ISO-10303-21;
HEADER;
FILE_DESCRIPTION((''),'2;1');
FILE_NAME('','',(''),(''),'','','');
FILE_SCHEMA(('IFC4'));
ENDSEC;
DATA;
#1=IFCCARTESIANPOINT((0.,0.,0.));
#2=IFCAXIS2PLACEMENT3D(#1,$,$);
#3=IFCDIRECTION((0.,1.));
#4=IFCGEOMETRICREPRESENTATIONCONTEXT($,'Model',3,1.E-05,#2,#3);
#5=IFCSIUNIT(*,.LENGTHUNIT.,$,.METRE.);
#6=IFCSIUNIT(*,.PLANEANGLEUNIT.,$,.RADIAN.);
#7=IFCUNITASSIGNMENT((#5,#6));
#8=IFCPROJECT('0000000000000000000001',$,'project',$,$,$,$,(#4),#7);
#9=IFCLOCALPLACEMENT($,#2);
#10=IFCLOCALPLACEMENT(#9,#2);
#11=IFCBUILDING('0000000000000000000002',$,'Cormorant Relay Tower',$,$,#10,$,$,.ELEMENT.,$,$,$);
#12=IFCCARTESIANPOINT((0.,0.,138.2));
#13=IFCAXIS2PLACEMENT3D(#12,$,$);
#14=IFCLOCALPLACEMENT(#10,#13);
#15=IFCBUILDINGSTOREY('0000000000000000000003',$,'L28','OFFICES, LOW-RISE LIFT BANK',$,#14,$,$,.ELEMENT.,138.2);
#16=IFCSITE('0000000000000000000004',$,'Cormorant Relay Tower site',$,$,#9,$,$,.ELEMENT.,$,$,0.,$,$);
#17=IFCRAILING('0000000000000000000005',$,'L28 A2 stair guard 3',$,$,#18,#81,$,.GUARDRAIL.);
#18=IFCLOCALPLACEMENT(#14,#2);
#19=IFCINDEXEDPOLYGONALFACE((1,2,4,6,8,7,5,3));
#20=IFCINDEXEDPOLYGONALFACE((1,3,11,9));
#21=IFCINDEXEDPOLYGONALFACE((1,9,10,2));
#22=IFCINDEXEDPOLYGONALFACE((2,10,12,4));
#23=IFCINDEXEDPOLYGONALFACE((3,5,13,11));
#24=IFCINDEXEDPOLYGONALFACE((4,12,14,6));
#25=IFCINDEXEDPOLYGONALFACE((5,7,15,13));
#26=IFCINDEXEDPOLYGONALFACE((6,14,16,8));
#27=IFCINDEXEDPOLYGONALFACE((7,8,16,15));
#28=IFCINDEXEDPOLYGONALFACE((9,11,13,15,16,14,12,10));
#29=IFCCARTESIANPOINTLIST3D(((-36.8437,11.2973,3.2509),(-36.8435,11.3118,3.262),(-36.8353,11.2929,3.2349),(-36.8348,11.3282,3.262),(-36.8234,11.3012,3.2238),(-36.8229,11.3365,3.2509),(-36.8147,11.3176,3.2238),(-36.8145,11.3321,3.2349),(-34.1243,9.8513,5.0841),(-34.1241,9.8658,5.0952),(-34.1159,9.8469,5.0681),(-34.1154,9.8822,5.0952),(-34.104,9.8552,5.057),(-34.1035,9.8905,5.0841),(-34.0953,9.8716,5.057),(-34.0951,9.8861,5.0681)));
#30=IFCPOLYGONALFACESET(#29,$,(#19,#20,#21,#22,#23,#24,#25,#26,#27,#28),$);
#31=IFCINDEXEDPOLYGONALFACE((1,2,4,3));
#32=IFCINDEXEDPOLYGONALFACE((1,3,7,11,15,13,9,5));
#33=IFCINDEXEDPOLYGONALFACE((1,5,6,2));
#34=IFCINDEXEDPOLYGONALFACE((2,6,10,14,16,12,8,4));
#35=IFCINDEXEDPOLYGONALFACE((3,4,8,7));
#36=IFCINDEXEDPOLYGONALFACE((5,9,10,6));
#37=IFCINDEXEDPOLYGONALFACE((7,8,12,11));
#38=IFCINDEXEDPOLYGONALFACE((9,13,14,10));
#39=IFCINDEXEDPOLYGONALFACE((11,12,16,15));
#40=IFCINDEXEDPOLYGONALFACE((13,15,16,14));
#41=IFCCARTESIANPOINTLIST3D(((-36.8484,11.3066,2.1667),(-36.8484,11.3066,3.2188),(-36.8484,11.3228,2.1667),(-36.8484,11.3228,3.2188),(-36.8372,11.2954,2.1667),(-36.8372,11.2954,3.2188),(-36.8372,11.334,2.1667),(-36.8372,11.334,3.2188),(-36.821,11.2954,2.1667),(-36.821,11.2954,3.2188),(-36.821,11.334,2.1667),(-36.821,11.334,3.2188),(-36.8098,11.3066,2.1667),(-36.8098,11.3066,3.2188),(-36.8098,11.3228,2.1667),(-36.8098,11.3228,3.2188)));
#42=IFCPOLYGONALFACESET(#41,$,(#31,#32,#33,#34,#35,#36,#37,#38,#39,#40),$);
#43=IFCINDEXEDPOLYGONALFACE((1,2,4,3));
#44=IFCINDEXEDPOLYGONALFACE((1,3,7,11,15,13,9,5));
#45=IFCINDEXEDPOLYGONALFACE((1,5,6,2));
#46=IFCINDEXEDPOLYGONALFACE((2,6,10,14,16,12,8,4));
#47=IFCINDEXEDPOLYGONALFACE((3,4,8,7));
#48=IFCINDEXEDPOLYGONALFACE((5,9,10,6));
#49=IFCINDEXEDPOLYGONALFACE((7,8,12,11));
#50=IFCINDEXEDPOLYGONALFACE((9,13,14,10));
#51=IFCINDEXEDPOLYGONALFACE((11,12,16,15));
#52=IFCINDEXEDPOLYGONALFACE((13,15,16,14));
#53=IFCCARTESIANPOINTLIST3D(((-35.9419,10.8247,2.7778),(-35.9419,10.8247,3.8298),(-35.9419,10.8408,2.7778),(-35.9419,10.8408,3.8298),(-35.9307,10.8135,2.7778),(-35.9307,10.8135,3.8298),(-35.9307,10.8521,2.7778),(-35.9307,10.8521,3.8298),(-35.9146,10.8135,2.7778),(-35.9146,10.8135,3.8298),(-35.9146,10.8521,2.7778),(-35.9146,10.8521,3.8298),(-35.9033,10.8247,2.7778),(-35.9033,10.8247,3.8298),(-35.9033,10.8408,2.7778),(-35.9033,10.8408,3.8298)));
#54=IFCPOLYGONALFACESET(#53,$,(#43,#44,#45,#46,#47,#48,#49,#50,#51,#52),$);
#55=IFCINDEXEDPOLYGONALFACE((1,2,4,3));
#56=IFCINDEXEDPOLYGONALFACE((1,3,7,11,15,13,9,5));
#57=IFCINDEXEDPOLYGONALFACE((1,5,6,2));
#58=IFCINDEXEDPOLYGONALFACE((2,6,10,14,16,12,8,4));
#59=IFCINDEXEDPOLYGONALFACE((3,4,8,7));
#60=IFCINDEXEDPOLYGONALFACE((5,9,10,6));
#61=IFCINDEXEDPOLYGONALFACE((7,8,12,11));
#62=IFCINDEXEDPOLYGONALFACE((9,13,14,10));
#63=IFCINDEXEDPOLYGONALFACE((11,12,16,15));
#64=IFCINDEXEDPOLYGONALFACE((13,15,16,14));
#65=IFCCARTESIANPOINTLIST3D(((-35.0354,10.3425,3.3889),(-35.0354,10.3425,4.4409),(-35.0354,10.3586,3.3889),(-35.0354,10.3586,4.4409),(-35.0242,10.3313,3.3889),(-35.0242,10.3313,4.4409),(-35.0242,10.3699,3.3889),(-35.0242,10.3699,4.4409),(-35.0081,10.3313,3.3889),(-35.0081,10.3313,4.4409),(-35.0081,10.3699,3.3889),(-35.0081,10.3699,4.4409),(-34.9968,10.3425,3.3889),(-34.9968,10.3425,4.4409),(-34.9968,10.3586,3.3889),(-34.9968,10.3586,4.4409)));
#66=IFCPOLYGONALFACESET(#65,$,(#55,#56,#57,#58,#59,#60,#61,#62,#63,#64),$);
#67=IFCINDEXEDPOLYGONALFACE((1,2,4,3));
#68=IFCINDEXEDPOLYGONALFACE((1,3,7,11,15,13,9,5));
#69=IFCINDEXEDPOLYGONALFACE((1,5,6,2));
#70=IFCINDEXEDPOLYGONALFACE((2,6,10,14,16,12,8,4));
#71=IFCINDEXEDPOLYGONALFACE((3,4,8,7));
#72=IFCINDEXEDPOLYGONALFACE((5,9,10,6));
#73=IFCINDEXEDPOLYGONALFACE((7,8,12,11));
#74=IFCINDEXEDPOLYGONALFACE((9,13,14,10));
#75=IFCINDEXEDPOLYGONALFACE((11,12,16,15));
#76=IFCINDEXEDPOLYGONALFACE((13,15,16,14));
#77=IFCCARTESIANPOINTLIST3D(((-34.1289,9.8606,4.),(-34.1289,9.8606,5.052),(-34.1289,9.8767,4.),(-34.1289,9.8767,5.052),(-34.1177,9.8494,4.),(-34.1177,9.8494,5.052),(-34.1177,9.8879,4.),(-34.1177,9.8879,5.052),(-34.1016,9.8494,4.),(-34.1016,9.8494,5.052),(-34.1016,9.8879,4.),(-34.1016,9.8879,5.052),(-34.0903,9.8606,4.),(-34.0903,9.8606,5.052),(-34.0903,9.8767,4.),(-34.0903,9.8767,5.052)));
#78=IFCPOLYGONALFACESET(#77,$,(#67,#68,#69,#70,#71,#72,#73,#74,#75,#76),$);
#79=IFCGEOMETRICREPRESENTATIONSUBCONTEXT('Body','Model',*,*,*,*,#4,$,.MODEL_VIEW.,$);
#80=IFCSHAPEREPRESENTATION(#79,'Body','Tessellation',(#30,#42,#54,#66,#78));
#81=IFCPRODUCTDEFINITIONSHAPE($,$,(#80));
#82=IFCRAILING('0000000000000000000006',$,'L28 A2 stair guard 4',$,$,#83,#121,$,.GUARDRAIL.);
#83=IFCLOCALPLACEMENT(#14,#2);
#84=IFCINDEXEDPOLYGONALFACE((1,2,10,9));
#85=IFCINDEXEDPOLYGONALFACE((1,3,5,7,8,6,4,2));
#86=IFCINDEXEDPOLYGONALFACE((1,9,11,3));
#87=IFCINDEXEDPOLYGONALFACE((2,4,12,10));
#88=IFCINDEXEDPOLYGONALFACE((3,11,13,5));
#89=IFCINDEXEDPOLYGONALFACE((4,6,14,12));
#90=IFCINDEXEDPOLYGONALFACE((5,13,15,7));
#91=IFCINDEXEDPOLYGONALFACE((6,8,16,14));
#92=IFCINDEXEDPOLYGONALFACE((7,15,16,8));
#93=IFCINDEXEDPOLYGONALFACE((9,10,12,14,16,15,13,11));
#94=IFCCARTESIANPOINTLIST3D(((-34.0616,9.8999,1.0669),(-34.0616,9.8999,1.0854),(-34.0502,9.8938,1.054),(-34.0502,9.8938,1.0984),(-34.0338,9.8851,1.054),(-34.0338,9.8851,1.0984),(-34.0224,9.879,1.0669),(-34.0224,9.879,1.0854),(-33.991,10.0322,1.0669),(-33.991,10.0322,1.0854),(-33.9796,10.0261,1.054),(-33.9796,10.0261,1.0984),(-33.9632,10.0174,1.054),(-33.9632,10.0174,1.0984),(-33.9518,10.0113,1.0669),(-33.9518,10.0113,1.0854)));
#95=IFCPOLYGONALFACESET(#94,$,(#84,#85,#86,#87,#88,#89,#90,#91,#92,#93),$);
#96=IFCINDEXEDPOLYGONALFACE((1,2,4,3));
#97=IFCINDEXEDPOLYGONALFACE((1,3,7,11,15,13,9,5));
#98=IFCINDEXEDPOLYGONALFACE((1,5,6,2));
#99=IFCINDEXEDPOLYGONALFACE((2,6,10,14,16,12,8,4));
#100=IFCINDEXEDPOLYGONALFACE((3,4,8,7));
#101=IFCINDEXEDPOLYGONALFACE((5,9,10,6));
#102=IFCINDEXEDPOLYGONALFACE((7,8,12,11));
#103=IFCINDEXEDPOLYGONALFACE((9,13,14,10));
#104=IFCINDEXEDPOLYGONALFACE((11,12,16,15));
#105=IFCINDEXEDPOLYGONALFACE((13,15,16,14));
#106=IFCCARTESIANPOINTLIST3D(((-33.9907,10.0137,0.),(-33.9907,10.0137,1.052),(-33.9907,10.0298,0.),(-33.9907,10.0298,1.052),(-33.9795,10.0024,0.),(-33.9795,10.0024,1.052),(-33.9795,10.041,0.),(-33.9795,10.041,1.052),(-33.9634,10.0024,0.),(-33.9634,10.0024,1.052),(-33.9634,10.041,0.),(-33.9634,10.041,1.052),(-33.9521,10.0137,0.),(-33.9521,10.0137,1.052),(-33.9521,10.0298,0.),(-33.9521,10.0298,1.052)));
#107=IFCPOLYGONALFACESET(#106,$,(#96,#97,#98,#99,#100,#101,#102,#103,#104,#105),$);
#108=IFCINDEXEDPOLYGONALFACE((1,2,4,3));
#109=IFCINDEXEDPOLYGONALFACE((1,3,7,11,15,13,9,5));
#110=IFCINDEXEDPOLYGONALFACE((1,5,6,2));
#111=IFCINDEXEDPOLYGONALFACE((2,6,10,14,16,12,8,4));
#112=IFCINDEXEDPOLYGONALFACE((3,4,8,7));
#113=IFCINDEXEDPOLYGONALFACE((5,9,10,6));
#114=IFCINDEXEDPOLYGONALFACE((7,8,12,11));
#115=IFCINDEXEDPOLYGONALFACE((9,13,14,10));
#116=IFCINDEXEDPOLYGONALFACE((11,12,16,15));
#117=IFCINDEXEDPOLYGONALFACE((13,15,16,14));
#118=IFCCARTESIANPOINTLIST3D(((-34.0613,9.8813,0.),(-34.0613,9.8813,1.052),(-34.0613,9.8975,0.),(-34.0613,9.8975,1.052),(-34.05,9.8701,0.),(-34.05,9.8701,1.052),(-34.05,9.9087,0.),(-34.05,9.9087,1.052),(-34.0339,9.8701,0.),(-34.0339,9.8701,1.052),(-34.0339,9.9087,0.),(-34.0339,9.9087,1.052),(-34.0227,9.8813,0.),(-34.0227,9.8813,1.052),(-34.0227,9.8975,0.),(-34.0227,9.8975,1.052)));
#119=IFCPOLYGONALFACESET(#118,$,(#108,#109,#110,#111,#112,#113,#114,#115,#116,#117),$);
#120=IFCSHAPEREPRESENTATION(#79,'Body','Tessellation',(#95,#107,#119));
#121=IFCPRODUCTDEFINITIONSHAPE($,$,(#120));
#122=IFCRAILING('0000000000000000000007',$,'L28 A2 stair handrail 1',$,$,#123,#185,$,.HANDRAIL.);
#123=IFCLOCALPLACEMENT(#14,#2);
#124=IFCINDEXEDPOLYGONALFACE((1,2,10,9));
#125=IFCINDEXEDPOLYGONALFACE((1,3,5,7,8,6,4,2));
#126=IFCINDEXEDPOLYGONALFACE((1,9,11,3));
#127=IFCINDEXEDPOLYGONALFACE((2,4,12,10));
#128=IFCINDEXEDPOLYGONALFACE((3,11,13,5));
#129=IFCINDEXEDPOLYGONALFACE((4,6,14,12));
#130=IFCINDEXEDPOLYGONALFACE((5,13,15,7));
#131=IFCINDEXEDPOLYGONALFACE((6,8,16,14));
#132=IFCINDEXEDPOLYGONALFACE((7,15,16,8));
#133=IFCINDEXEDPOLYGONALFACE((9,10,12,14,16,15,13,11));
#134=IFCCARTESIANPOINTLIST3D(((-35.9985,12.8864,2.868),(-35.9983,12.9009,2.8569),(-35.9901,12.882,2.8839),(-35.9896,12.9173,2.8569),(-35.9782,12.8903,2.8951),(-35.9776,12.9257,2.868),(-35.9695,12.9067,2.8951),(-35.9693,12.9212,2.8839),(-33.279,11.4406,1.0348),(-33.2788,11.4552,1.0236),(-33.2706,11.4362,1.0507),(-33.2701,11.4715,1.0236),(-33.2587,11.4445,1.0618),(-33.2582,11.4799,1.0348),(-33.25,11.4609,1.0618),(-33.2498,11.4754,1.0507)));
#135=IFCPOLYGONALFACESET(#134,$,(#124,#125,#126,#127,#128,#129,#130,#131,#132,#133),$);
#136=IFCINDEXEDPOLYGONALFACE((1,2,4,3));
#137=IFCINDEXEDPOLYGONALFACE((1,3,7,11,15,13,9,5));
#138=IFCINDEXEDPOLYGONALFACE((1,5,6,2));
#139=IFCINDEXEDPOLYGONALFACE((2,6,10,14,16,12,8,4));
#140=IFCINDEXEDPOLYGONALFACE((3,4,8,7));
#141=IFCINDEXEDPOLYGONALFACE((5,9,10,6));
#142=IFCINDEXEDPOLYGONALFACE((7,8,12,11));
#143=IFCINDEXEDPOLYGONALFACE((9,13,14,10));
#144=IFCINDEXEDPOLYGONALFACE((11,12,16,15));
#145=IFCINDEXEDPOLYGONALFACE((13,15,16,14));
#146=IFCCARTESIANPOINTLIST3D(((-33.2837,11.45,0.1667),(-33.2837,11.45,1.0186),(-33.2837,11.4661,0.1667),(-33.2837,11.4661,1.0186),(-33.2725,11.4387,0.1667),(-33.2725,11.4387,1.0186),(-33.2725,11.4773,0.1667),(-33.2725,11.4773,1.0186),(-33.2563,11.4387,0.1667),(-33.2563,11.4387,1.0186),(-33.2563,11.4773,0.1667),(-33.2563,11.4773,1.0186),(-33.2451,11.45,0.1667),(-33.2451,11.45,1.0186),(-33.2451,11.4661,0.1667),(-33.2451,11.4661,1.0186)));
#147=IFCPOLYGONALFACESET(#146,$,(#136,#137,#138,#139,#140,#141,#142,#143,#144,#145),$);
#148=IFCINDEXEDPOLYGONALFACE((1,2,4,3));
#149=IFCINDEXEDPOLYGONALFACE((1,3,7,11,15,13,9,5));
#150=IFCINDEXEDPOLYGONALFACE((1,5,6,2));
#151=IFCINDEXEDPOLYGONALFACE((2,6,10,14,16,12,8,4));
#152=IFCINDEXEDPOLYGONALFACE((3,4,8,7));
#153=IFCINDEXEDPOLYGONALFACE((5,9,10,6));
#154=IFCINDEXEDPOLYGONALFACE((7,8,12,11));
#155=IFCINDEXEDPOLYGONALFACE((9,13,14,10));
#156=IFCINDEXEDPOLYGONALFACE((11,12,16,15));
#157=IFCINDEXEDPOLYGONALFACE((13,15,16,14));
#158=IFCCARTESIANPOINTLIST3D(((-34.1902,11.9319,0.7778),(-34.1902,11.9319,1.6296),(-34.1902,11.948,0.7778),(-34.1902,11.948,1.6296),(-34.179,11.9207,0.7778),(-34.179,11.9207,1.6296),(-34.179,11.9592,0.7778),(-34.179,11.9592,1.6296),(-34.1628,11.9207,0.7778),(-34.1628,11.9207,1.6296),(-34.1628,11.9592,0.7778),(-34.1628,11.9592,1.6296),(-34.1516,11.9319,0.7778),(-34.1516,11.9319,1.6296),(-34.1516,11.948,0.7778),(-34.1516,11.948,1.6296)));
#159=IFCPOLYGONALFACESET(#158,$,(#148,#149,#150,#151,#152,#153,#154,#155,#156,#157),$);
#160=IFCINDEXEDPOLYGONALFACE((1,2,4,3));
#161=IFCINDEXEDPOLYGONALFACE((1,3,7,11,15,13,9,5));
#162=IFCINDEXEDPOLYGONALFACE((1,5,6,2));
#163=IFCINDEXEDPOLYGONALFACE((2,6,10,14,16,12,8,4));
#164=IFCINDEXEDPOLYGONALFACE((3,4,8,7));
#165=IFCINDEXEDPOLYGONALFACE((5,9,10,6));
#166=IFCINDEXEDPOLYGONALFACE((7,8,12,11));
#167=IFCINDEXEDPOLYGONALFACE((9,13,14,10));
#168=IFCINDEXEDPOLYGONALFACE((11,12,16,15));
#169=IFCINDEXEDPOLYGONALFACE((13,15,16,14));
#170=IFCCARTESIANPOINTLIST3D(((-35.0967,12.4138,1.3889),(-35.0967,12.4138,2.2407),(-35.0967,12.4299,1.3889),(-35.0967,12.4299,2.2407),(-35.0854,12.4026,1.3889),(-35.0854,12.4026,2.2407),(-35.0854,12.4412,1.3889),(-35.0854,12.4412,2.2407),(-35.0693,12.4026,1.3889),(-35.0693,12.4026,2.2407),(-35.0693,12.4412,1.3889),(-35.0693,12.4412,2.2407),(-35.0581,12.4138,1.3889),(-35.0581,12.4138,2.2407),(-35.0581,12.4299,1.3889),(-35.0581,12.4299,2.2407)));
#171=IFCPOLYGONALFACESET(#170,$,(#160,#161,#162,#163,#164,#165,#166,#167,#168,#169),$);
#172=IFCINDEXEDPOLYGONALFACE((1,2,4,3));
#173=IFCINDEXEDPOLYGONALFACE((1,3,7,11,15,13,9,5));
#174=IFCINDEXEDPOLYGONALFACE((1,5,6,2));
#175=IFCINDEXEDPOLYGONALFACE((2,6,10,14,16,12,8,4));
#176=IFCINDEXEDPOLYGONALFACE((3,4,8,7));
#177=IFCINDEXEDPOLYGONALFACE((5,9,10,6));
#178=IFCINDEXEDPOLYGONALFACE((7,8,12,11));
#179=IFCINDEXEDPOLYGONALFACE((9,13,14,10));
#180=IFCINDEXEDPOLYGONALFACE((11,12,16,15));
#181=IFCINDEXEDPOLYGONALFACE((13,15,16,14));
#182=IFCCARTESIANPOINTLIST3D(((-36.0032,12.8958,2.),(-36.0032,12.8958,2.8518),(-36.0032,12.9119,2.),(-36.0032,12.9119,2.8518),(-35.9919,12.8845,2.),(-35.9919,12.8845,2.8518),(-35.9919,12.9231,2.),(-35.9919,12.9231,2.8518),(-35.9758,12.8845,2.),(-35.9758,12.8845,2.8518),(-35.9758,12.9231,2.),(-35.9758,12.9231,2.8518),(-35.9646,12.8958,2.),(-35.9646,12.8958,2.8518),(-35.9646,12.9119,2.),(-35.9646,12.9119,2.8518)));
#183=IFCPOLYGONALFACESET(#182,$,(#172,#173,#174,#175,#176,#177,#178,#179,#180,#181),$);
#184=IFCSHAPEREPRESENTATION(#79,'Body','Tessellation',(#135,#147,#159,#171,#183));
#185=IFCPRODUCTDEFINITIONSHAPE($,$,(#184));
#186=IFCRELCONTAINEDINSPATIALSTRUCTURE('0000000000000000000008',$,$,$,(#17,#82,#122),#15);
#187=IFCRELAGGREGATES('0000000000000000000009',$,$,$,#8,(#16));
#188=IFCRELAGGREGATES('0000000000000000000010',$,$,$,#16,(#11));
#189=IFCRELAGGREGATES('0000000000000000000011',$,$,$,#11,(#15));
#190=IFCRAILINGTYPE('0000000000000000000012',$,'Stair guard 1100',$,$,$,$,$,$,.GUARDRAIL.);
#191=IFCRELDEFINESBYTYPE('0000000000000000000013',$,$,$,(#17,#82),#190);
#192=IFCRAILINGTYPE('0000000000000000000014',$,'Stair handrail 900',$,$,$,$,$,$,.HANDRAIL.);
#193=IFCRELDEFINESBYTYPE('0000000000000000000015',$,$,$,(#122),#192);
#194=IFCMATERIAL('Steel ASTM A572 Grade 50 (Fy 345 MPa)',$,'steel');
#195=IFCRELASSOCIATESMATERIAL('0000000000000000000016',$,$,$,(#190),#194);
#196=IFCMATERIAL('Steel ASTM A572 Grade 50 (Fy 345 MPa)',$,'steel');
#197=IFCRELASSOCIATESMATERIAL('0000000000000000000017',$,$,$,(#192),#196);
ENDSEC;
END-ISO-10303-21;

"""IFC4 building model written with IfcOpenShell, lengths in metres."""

from ifc_helpers import new_model, si_unit, direction, frame, origin, place, context, subcontext, project, spatial, polyline, outline, extrude, material, type_object, element, save


model = new_model("IFC4")

# Units and contexts
model_context = context("Model", 3, precision=1e-05, world=origin(), true_north=direction((0.0, 1.0)))
body_context = subcontext(model_context, "Body", "Model", "MODEL_VIEW")
ifc_project = project(units=[si_unit("LENGTHUNIT", "METRE"), si_unit("PLANEANGLEUNIT", "RADIAN")], contexts=[model_context])

# Site, building, storey
site_placement = place(None, origin())
site = spatial("IfcSite", under=ifc_project, at=site_placement, Name="Cormorant Relay Tower site", CompositionType="ELEMENT", RefElevation=0.0)
building_placement = place(site_placement, origin())
building = spatial("IfcBuilding", under=site, at=building_placement, Name="Cormorant Relay Tower", CompositionType="ELEMENT")
storey_placement = place(building_placement, frame((0.0, 0.0, 138.2)))
storey = spatial("IfcBuildingStorey", under=building, at=storey_placement, Name="L28", Description="OFFICES, LOW-RISE LIFT BANK", CompositionType="ELEMENT", Elevation=138.2)

# Railings
ifc_material_1 = material(Name="Steel ASTM A572 Grade 50 (Fy 345 MPa)", Category="steel")
railing_type_1 = type_object("IfcRailingType", Name="Stair guard 1100", PredefinedType="GUARDRAIL", material=ifc_material_1)
railing_1_placement = place(storey_placement, frame((-36.8291, 11.3147, 2.1667)))
element("IfcRailing", 1, at=railing_1_placement, inside=storey, type_object=railing_type_1, Name="L28 A2 stair guard 3", PredefinedType="GUARDRAIL", context=body_context, shape_type="SweptSolid", body=[
    extrude(outline(polyline([(0.0222, 0.0093), (0.0093, 0.0222), (-0.0093, 0.0222), (-0.0222, 0.0093), (-0.0222, -0.0093), (-0.0093, -0.0222), (0.0093, -0.0222), (0.0222, -0.0093), (0.0222, 0.0093)])), frame((0.0, 0.0, 1.0762), z_axis=(0.758714, -0.403435, 0.511463), x_axis=(0.469489, 0.882938, 0.0)), (0.0, 0.0, 1.0), 3.5842),
    extrude(outline(polyline([(0.0193, 0.0081), (0.0081, 0.0193), (-0.0081, 0.0193), (-0.0193, 0.0081), (-0.0193, -0.0081), (-0.0081, -0.0193), (0.0081, -0.0193), (0.0193, -0.0081), (0.0193, 0.0081)])), origin(), (0.0, 0.0, 1.0), 1.052),
    extrude(outline(polyline([(0.0193, 0.0081), (0.0081, 0.0193), (-0.0081, 0.0193), (-0.0193, 0.0081), (-0.0193, -0.0081), (-0.0081, -0.0193), (0.0081, -0.0193), (0.0193, -0.0081), (0.0193, 0.0081)])), frame((0.9065, -0.4819, 0.6111)), (0.0, 0.0, 1.0), 1.052),
    extrude(outline(polyline([(0.0193, 0.0081), (0.0081, 0.0193), (-0.0081, 0.0193), (-0.0193, 0.0081), (-0.0193, -0.0081), (-0.0081, -0.0193), (0.0081, -0.0193), (0.0193, -0.0081), (0.0193, 0.0081)])), frame((1.813, -0.9641, 1.2222)), (0.0, 0.0, 1.0), 1.052),
    extrude(outline(polyline([(0.0193, 0.0081), (0.0081, 0.0193), (-0.0081, 0.0193), (-0.0193, 0.0081), (-0.0193, -0.0081), (-0.0081, -0.0193), (0.0081, -0.0193), (0.0193, -0.0081), (0.0193, 0.0081)])), frame((2.7195, -1.446, 1.8333)), (0.0, 0.0, 1.0), 1.052),
])
railing_2_placement = place(storey_placement, frame((-33.9714, 10.0217, 0.0)))
element("IfcRailing", 2, at=railing_2_placement, inside=storey, type_object=railing_type_1, Name="L28 A2 stair guard 4", PredefinedType="GUARDRAIL", context=body_context, shape_type="SweptSolid", body=[
    extrude(outline(polyline([(0.0222, 0.0093), (0.0093, 0.0222), (-0.0093, 0.0222), (-0.0222, 0.0093), (-0.0222, -0.0093), (-0.0093, -0.0222), (0.0093, -0.0222), (0.0222, -0.0093), (0.0222, 0.0093)])), frame((0.0, 0.0, 1.0762), z_axis=(-0.470504, -0.882398, 0.0), x_axis=(0.882398, -0.470504, 0.0)), (0.0, 0.0, 1.0), 0.1499),
    extrude(outline(polyline([(0.0193, 0.0081), (0.0081, 0.0193), (-0.0081, 0.0193), (-0.0193, 0.0081), (-0.0193, -0.0081), (-0.0081, -0.0193), (0.0081, -0.0193), (0.0193, -0.0081), (0.0193, 0.0081)])), origin(), (0.0, 0.0, 1.0), 1.052),
    extrude(outline(polyline([(0.0193, 0.0081), (0.0081, 0.0193), (-0.0081, 0.0193), (-0.0193, 0.0081), (-0.0193, -0.0081), (-0.0081, -0.0193), (0.0081, -0.0193), (0.0193, -0.0081), (0.0193, 0.0081)])), frame((-0.0706, -0.1323, 0.0)), (0.0, 0.0, 1.0), 1.052),
])
ifc_material_2 = material(Name="Steel ASTM A572 Grade 50 (Fy 345 MPa)", Category="steel")
railing_type_2 = type_object("IfcRailingType", Name="Stair handrail 900", PredefinedType="HANDRAIL", material=ifc_material_2)
railing_3_placement = place(storey_placement, frame((-33.2644, 11.458, 0.1667)))
element("IfcRailing", 3, at=railing_3_placement, inside=storey, type_object=railing_type_2, Name="L28 A2 stair handrail 1", PredefinedType="HANDRAIL", context=body_context, shape_type="SweptSolid", body=[
    extrude(outline(polyline([(0.0222, 0.0093), (0.0093, 0.0222), (-0.0093, 0.0222), (-0.0222, 0.0093), (-0.0222, -0.0093), (-0.0093, -0.0222), (0.0093, -0.0222), (0.0222, -0.0093), (0.0222, 0.0093)])), frame((0.0, 0.0, 0.876), z_axis=(-0.758735, 0.403378, 0.511477), x_axis=(-0.469428, -0.882971, 0.0)), (0.0, 0.0, 1.0), 3.5842),
    extrude(outline(polyline([(0.0193, 0.0081), (0.0081, 0.0193), (-0.0081, 0.0193), (-0.0193, 0.0081), (-0.0193, -0.0081), (-0.0081, -0.0193), (0.0081, -0.0193), (0.0193, -0.0081), (0.0193, 0.0081)])), origin(), (0.0, 0.0, 1.0), 0.8518),
    extrude(outline(polyline([(0.0193, 0.0081), (0.0081, 0.0193), (-0.0081, 0.0193), (-0.0193, 0.0081), (-0.0193, -0.0081), (-0.0081, -0.0193), (0.0081, -0.0193), (0.0193, -0.0081), (0.0193, 0.0081)])), frame((-0.9065, 0.4819, 0.6111)), (0.0, 0.0, 1.0), 0.8518),
    extrude(outline(polyline([(0.0193, 0.0081), (0.0081, 0.0193), (-0.0081, 0.0193), (-0.0193, 0.0081), (-0.0193, -0.0081), (-0.0081, -0.0193), (0.0081, -0.0193), (0.0193, -0.0081), (0.0193, 0.0081)])), frame((-1.813, 0.9639, 1.2222)), (0.0, 0.0, 1.0), 0.8518),
    extrude(outline(polyline([(0.0193, 0.0081), (0.0081, 0.0193), (-0.0081, 0.0193), (-0.0193, 0.0081), (-0.0193, -0.0081), (-0.0081, -0.0193), (0.0081, -0.0193), (0.0193, -0.0081), (0.0193, 0.0081)])), frame((-2.7195, 1.4458, 1.8333)), (0.0, 0.0, 1.0), 0.8518),
])

save(model, "model.ifc")
